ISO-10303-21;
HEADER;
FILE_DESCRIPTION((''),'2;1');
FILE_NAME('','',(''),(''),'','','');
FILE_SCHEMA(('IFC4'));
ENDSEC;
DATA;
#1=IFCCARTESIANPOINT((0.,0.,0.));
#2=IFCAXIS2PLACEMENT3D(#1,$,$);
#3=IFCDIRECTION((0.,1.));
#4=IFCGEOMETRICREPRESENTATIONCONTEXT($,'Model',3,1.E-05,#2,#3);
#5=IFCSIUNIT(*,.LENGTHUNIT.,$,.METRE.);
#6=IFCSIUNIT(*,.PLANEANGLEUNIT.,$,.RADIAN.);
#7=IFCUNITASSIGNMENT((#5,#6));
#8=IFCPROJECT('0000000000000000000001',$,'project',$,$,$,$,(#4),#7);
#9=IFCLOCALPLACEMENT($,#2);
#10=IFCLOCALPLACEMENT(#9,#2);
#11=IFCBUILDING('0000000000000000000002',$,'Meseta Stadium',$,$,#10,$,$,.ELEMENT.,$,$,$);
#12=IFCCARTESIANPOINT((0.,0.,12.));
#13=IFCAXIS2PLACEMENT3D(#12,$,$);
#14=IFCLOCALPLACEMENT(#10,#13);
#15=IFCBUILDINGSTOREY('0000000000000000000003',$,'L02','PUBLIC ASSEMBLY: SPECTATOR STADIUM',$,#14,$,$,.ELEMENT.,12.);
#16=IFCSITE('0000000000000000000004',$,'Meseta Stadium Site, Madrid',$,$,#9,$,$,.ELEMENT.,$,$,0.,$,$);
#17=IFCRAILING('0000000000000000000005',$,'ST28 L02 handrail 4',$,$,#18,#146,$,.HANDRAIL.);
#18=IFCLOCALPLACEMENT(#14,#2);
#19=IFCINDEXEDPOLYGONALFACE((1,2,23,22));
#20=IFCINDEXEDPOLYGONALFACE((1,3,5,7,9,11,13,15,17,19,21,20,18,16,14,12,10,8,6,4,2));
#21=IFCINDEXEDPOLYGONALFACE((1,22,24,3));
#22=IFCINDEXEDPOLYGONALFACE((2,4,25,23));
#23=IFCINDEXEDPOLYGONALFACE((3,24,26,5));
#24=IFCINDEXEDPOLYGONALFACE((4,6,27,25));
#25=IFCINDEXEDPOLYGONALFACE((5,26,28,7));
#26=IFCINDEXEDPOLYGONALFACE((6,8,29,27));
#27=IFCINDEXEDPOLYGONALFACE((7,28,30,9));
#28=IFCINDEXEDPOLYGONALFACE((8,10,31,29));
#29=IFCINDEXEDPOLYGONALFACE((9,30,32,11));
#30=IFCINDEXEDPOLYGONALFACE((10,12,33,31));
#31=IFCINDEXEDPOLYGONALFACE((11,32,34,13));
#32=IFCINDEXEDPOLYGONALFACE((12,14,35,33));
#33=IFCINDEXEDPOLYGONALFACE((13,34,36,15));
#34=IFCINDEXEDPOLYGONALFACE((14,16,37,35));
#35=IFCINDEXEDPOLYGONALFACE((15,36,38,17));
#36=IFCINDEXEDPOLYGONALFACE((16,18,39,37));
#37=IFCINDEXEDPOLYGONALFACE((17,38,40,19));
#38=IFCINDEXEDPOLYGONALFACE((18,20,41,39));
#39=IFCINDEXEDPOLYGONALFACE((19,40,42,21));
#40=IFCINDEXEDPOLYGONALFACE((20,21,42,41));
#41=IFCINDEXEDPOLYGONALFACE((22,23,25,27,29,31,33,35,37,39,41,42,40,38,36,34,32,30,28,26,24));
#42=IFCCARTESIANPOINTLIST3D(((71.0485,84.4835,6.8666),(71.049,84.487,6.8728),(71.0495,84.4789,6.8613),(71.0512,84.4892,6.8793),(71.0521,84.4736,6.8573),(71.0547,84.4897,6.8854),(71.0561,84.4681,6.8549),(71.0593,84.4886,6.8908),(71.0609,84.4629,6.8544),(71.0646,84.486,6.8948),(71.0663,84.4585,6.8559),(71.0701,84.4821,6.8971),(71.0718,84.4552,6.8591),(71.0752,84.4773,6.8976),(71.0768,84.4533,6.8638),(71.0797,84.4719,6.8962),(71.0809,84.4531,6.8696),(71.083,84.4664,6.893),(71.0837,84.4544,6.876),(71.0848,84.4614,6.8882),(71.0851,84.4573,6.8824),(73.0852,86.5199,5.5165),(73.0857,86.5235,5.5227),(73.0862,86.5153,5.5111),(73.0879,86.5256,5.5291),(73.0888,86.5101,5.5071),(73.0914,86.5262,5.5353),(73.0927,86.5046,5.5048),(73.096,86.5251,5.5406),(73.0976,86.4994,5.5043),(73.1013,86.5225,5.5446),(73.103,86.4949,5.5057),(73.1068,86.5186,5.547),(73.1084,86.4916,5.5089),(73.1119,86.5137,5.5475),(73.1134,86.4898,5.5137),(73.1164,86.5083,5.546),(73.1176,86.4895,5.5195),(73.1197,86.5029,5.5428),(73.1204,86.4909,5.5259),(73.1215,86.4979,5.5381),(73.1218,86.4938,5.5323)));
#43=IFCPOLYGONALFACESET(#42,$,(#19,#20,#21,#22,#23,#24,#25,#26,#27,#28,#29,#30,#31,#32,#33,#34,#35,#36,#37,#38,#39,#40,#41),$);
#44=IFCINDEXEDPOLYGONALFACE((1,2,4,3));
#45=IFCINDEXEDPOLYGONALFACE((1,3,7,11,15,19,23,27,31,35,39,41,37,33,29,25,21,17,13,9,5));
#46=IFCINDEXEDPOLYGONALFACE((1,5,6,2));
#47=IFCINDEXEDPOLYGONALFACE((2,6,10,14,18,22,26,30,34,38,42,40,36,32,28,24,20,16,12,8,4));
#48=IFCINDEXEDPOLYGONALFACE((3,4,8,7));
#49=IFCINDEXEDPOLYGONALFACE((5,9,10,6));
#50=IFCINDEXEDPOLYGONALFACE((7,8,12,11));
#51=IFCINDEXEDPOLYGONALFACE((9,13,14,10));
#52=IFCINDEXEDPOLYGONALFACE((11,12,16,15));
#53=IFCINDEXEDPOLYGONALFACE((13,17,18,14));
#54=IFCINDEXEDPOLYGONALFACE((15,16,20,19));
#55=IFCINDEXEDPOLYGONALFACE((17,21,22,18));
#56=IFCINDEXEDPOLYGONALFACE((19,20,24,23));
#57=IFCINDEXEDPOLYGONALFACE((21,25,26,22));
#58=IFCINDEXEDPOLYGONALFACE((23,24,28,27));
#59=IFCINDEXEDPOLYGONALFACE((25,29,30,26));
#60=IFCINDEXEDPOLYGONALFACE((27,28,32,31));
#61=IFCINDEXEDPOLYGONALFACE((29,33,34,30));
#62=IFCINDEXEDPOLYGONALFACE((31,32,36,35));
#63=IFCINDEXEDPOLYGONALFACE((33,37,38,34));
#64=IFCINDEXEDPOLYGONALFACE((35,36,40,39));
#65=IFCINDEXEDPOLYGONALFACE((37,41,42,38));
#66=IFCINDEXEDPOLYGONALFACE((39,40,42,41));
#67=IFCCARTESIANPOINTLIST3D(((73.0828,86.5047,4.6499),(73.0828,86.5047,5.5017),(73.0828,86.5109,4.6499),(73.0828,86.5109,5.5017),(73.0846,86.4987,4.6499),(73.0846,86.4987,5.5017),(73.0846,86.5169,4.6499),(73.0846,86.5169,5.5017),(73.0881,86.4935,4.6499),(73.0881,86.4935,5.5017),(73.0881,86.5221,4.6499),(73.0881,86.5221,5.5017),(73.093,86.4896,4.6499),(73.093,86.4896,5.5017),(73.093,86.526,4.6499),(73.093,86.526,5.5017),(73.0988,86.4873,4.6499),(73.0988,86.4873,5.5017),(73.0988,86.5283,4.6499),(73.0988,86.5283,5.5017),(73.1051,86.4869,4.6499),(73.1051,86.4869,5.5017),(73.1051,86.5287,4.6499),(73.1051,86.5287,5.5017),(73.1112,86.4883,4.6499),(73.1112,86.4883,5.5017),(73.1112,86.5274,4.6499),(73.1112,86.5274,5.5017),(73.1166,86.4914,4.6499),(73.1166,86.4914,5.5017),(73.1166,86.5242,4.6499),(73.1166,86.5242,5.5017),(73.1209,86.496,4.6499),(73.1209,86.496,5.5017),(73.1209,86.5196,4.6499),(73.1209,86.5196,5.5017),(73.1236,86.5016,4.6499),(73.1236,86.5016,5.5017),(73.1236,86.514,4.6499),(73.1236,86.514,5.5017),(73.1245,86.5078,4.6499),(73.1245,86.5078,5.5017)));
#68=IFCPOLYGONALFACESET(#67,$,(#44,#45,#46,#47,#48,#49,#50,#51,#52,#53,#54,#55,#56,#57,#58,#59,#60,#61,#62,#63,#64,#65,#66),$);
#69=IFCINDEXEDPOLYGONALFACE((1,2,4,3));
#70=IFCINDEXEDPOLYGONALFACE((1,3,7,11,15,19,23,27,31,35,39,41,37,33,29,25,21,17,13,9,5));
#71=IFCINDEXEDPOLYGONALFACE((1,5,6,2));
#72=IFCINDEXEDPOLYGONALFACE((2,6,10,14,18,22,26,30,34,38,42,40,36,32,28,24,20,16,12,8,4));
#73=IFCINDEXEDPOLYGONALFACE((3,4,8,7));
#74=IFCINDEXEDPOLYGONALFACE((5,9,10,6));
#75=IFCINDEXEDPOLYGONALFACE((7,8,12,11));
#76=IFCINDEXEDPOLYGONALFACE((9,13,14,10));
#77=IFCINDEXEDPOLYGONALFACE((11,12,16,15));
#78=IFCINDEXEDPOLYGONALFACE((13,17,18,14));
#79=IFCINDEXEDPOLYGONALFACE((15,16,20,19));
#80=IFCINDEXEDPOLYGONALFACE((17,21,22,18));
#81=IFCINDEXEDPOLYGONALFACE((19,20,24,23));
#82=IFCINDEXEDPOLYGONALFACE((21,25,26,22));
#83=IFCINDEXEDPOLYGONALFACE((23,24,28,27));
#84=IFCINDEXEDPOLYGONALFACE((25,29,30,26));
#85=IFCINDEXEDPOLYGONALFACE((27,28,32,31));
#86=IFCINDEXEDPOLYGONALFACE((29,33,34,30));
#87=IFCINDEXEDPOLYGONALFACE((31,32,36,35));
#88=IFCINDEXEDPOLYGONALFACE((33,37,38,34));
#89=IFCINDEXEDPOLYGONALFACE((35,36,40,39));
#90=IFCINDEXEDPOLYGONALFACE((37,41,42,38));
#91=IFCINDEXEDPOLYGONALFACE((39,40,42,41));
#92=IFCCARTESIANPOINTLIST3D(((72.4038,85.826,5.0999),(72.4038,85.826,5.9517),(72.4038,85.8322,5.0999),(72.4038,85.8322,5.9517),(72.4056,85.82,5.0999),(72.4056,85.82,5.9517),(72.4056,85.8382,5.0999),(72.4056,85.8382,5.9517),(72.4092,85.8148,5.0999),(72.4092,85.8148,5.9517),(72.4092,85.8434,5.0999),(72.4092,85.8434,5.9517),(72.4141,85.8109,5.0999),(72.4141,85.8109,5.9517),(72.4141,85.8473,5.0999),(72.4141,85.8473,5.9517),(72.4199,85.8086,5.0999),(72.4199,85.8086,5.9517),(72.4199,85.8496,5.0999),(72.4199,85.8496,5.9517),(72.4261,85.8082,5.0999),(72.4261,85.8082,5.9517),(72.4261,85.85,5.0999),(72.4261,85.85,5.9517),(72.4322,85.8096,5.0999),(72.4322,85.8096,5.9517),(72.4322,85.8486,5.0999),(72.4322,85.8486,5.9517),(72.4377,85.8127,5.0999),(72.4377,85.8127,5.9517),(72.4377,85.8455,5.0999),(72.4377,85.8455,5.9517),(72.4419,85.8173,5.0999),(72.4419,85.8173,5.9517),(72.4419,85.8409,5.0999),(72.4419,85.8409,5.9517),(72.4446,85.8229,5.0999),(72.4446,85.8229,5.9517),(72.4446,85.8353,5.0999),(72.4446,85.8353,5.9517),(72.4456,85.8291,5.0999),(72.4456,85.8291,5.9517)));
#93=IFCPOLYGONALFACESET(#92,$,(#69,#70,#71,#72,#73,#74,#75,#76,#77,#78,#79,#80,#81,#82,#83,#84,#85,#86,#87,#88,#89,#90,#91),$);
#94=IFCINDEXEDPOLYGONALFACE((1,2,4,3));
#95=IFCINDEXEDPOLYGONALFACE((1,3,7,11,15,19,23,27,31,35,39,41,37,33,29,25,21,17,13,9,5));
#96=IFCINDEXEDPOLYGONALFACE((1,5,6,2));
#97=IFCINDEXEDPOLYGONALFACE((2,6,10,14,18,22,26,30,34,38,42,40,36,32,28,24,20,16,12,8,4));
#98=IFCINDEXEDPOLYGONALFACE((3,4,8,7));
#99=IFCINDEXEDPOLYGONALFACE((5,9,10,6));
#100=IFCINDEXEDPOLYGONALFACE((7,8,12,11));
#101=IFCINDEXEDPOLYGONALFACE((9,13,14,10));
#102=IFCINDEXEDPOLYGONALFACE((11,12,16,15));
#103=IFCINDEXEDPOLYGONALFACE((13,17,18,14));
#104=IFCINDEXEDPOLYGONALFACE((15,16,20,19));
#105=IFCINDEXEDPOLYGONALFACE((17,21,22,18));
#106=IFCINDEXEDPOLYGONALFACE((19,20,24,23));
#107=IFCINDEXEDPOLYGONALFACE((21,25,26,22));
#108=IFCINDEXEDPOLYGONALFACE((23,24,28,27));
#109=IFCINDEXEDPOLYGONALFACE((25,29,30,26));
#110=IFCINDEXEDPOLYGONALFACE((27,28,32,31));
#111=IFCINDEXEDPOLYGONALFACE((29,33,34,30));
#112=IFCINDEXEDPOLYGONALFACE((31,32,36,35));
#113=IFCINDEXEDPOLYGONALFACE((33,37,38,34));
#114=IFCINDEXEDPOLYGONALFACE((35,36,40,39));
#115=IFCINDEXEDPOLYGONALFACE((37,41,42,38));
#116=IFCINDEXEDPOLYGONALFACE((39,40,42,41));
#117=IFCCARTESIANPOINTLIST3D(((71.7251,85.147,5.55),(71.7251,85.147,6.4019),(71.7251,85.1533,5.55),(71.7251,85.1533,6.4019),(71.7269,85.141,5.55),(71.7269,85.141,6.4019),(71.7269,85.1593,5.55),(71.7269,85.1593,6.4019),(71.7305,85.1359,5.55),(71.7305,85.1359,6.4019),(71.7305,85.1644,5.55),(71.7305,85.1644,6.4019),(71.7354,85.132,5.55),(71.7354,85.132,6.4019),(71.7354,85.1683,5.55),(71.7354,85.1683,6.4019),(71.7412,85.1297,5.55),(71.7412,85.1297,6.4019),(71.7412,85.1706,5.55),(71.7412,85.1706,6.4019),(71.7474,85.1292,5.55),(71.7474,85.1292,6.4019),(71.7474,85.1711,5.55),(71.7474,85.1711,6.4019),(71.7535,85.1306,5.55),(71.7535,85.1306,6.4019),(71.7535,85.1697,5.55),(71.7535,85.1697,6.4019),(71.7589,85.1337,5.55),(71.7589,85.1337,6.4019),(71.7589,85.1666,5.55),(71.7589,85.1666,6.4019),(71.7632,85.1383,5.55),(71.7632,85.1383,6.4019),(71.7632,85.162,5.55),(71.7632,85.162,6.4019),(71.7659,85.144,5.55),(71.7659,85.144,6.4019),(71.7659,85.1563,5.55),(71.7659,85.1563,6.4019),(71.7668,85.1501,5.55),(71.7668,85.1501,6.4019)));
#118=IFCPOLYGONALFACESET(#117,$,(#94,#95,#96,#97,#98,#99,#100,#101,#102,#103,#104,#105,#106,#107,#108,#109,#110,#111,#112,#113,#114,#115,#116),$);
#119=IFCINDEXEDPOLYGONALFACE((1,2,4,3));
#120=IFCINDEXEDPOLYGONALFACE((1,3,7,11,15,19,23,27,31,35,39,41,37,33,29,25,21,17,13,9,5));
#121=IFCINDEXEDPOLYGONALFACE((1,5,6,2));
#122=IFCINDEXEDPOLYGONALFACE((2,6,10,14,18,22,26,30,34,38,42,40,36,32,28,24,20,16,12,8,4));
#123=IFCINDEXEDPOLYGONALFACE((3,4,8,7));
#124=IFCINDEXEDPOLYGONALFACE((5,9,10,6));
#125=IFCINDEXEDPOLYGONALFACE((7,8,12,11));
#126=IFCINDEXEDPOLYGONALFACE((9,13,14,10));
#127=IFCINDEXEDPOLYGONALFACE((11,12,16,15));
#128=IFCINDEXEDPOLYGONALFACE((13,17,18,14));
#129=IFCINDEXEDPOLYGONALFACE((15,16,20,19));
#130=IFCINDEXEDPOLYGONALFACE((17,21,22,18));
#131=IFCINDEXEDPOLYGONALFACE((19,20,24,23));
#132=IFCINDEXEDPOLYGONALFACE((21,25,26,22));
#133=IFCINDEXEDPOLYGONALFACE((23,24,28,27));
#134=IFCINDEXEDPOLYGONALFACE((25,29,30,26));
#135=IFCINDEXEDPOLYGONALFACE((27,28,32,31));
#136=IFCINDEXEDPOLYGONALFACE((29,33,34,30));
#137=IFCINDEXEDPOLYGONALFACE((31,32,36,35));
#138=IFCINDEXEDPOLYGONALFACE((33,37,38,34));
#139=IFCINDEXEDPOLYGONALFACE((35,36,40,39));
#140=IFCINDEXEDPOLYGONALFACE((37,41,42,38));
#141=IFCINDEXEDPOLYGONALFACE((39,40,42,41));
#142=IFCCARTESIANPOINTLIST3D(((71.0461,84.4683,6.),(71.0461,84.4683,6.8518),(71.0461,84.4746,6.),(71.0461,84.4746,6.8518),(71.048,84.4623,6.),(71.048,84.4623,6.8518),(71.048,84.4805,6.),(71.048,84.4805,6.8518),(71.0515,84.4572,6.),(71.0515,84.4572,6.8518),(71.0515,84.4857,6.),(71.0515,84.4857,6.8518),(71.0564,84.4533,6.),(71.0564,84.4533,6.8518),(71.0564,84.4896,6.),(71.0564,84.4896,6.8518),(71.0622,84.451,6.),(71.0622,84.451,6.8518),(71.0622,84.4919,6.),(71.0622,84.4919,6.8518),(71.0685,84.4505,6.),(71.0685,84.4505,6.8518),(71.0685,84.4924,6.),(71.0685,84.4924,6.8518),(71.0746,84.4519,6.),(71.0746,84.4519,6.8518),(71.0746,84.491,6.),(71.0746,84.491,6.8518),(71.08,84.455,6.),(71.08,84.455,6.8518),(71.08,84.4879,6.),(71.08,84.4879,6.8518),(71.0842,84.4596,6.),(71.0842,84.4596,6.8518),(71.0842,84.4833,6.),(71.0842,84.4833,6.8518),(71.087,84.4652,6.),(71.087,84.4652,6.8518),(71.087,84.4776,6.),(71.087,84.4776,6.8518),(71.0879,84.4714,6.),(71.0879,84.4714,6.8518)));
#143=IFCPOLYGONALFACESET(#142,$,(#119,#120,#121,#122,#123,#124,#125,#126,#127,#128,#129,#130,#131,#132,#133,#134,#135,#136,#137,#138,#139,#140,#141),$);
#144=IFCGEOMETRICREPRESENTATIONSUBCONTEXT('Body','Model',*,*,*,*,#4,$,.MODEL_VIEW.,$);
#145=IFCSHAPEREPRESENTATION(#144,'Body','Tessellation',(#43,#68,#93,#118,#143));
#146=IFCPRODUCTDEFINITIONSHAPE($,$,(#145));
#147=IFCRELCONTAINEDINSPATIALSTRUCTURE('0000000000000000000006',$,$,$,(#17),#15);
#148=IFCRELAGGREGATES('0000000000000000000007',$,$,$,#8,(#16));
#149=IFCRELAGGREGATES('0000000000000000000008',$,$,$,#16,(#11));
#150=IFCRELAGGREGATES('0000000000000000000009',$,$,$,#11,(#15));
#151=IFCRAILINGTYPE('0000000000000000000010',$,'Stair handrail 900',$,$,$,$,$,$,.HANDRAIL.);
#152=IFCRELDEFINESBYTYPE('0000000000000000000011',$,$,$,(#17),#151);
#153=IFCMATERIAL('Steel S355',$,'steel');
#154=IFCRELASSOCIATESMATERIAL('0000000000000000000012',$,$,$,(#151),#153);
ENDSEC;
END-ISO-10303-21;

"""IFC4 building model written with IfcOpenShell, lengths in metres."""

from ifc_helpers import new_model, si_unit, direction, frame, origin, origin_2d, place, context, subcontext, project, spatial, circle, extrude, material, type_object, element, save


model = new_model("IFC4")

# Units and contexts
model_context = context("Model", 3, precision=1e-05, world=origin(), true_north=direction((0.0, 1.0)))
body_context = subcontext(model_context, "Body", "Model", "MODEL_VIEW")
ifc_project = project(units=[si_unit("LENGTHUNIT", "METRE"), si_unit("PLANEANGLEUNIT", "RADIAN")], contexts=[model_context])

# Site, building, storey
site_placement = place(None, origin())
site = spatial("IfcSite", under=ifc_project, at=site_placement, Name="Meseta Stadium Site, Madrid", CompositionType="ELEMENT", RefElevation=0.0)
building_placement = place(site_placement, origin())
building = spatial("IfcBuilding", under=site, at=building_placement, Name="Meseta Stadium", CompositionType="ELEMENT")
storey_placement = place(building_placement, frame((0.0, 0.0, 12.0)))
storey = spatial("IfcBuildingStorey", under=building, at=storey_placement, Name="L02", Description="PUBLIC ASSEMBLY: SPECTATOR STADIUM", CompositionType="ELEMENT", Elevation=12.0)

# Railing
ifc_material_1 = material(Name="Steel S355", Category="steel")
railing_type_1 = type_object("IfcRailingType", Name="Stair handrail 900", PredefinedType="HANDRAIL", material=ifc_material_1)
for number, where, name in (
    (1, (73.1035, 86.5078, 4.6499), "ST28 L02 handrail 4"),
):
    element("IfcRailing", number, at=place(storey_placement, frame(where)), inside=storey, type_object=railing_type_1, Name=name, PredefinedType="HANDRAIL", context=body_context, shape_type="SweptSolid", body=[
        extrude(circle(Radius=0.0239, at=origin_2d()), frame((0.0, 0.0, 0.876), z_axis=(-0.640288, -0.640211, 0.424454), x_axis=(0.707064, -0.707149, 0.0)), (0.0, 0.0, 1.0), 3.1809),
        extrude(circle(Radius=0.021, at=origin_2d()), origin(), (0.0, 0.0, 1.0), 0.8518),
        extrude(circle(Radius=0.021, at=origin_2d()), frame((-0.679, -0.6787, 0.45)), (0.0, 0.0, 1.0), 0.8518),
        extrude(circle(Radius=0.021, at=origin_2d()), frame((-1.3577, -1.3577, 0.9001)), (0.0, 0.0, 1.0), 0.8518),
        extrude(circle(Radius=0.021, at=origin_2d()), frame((-2.0366, -2.0364, 1.3501)), (0.0, 0.0, 1.0), 0.8518),
    ])

save(model, "model.ifc")
